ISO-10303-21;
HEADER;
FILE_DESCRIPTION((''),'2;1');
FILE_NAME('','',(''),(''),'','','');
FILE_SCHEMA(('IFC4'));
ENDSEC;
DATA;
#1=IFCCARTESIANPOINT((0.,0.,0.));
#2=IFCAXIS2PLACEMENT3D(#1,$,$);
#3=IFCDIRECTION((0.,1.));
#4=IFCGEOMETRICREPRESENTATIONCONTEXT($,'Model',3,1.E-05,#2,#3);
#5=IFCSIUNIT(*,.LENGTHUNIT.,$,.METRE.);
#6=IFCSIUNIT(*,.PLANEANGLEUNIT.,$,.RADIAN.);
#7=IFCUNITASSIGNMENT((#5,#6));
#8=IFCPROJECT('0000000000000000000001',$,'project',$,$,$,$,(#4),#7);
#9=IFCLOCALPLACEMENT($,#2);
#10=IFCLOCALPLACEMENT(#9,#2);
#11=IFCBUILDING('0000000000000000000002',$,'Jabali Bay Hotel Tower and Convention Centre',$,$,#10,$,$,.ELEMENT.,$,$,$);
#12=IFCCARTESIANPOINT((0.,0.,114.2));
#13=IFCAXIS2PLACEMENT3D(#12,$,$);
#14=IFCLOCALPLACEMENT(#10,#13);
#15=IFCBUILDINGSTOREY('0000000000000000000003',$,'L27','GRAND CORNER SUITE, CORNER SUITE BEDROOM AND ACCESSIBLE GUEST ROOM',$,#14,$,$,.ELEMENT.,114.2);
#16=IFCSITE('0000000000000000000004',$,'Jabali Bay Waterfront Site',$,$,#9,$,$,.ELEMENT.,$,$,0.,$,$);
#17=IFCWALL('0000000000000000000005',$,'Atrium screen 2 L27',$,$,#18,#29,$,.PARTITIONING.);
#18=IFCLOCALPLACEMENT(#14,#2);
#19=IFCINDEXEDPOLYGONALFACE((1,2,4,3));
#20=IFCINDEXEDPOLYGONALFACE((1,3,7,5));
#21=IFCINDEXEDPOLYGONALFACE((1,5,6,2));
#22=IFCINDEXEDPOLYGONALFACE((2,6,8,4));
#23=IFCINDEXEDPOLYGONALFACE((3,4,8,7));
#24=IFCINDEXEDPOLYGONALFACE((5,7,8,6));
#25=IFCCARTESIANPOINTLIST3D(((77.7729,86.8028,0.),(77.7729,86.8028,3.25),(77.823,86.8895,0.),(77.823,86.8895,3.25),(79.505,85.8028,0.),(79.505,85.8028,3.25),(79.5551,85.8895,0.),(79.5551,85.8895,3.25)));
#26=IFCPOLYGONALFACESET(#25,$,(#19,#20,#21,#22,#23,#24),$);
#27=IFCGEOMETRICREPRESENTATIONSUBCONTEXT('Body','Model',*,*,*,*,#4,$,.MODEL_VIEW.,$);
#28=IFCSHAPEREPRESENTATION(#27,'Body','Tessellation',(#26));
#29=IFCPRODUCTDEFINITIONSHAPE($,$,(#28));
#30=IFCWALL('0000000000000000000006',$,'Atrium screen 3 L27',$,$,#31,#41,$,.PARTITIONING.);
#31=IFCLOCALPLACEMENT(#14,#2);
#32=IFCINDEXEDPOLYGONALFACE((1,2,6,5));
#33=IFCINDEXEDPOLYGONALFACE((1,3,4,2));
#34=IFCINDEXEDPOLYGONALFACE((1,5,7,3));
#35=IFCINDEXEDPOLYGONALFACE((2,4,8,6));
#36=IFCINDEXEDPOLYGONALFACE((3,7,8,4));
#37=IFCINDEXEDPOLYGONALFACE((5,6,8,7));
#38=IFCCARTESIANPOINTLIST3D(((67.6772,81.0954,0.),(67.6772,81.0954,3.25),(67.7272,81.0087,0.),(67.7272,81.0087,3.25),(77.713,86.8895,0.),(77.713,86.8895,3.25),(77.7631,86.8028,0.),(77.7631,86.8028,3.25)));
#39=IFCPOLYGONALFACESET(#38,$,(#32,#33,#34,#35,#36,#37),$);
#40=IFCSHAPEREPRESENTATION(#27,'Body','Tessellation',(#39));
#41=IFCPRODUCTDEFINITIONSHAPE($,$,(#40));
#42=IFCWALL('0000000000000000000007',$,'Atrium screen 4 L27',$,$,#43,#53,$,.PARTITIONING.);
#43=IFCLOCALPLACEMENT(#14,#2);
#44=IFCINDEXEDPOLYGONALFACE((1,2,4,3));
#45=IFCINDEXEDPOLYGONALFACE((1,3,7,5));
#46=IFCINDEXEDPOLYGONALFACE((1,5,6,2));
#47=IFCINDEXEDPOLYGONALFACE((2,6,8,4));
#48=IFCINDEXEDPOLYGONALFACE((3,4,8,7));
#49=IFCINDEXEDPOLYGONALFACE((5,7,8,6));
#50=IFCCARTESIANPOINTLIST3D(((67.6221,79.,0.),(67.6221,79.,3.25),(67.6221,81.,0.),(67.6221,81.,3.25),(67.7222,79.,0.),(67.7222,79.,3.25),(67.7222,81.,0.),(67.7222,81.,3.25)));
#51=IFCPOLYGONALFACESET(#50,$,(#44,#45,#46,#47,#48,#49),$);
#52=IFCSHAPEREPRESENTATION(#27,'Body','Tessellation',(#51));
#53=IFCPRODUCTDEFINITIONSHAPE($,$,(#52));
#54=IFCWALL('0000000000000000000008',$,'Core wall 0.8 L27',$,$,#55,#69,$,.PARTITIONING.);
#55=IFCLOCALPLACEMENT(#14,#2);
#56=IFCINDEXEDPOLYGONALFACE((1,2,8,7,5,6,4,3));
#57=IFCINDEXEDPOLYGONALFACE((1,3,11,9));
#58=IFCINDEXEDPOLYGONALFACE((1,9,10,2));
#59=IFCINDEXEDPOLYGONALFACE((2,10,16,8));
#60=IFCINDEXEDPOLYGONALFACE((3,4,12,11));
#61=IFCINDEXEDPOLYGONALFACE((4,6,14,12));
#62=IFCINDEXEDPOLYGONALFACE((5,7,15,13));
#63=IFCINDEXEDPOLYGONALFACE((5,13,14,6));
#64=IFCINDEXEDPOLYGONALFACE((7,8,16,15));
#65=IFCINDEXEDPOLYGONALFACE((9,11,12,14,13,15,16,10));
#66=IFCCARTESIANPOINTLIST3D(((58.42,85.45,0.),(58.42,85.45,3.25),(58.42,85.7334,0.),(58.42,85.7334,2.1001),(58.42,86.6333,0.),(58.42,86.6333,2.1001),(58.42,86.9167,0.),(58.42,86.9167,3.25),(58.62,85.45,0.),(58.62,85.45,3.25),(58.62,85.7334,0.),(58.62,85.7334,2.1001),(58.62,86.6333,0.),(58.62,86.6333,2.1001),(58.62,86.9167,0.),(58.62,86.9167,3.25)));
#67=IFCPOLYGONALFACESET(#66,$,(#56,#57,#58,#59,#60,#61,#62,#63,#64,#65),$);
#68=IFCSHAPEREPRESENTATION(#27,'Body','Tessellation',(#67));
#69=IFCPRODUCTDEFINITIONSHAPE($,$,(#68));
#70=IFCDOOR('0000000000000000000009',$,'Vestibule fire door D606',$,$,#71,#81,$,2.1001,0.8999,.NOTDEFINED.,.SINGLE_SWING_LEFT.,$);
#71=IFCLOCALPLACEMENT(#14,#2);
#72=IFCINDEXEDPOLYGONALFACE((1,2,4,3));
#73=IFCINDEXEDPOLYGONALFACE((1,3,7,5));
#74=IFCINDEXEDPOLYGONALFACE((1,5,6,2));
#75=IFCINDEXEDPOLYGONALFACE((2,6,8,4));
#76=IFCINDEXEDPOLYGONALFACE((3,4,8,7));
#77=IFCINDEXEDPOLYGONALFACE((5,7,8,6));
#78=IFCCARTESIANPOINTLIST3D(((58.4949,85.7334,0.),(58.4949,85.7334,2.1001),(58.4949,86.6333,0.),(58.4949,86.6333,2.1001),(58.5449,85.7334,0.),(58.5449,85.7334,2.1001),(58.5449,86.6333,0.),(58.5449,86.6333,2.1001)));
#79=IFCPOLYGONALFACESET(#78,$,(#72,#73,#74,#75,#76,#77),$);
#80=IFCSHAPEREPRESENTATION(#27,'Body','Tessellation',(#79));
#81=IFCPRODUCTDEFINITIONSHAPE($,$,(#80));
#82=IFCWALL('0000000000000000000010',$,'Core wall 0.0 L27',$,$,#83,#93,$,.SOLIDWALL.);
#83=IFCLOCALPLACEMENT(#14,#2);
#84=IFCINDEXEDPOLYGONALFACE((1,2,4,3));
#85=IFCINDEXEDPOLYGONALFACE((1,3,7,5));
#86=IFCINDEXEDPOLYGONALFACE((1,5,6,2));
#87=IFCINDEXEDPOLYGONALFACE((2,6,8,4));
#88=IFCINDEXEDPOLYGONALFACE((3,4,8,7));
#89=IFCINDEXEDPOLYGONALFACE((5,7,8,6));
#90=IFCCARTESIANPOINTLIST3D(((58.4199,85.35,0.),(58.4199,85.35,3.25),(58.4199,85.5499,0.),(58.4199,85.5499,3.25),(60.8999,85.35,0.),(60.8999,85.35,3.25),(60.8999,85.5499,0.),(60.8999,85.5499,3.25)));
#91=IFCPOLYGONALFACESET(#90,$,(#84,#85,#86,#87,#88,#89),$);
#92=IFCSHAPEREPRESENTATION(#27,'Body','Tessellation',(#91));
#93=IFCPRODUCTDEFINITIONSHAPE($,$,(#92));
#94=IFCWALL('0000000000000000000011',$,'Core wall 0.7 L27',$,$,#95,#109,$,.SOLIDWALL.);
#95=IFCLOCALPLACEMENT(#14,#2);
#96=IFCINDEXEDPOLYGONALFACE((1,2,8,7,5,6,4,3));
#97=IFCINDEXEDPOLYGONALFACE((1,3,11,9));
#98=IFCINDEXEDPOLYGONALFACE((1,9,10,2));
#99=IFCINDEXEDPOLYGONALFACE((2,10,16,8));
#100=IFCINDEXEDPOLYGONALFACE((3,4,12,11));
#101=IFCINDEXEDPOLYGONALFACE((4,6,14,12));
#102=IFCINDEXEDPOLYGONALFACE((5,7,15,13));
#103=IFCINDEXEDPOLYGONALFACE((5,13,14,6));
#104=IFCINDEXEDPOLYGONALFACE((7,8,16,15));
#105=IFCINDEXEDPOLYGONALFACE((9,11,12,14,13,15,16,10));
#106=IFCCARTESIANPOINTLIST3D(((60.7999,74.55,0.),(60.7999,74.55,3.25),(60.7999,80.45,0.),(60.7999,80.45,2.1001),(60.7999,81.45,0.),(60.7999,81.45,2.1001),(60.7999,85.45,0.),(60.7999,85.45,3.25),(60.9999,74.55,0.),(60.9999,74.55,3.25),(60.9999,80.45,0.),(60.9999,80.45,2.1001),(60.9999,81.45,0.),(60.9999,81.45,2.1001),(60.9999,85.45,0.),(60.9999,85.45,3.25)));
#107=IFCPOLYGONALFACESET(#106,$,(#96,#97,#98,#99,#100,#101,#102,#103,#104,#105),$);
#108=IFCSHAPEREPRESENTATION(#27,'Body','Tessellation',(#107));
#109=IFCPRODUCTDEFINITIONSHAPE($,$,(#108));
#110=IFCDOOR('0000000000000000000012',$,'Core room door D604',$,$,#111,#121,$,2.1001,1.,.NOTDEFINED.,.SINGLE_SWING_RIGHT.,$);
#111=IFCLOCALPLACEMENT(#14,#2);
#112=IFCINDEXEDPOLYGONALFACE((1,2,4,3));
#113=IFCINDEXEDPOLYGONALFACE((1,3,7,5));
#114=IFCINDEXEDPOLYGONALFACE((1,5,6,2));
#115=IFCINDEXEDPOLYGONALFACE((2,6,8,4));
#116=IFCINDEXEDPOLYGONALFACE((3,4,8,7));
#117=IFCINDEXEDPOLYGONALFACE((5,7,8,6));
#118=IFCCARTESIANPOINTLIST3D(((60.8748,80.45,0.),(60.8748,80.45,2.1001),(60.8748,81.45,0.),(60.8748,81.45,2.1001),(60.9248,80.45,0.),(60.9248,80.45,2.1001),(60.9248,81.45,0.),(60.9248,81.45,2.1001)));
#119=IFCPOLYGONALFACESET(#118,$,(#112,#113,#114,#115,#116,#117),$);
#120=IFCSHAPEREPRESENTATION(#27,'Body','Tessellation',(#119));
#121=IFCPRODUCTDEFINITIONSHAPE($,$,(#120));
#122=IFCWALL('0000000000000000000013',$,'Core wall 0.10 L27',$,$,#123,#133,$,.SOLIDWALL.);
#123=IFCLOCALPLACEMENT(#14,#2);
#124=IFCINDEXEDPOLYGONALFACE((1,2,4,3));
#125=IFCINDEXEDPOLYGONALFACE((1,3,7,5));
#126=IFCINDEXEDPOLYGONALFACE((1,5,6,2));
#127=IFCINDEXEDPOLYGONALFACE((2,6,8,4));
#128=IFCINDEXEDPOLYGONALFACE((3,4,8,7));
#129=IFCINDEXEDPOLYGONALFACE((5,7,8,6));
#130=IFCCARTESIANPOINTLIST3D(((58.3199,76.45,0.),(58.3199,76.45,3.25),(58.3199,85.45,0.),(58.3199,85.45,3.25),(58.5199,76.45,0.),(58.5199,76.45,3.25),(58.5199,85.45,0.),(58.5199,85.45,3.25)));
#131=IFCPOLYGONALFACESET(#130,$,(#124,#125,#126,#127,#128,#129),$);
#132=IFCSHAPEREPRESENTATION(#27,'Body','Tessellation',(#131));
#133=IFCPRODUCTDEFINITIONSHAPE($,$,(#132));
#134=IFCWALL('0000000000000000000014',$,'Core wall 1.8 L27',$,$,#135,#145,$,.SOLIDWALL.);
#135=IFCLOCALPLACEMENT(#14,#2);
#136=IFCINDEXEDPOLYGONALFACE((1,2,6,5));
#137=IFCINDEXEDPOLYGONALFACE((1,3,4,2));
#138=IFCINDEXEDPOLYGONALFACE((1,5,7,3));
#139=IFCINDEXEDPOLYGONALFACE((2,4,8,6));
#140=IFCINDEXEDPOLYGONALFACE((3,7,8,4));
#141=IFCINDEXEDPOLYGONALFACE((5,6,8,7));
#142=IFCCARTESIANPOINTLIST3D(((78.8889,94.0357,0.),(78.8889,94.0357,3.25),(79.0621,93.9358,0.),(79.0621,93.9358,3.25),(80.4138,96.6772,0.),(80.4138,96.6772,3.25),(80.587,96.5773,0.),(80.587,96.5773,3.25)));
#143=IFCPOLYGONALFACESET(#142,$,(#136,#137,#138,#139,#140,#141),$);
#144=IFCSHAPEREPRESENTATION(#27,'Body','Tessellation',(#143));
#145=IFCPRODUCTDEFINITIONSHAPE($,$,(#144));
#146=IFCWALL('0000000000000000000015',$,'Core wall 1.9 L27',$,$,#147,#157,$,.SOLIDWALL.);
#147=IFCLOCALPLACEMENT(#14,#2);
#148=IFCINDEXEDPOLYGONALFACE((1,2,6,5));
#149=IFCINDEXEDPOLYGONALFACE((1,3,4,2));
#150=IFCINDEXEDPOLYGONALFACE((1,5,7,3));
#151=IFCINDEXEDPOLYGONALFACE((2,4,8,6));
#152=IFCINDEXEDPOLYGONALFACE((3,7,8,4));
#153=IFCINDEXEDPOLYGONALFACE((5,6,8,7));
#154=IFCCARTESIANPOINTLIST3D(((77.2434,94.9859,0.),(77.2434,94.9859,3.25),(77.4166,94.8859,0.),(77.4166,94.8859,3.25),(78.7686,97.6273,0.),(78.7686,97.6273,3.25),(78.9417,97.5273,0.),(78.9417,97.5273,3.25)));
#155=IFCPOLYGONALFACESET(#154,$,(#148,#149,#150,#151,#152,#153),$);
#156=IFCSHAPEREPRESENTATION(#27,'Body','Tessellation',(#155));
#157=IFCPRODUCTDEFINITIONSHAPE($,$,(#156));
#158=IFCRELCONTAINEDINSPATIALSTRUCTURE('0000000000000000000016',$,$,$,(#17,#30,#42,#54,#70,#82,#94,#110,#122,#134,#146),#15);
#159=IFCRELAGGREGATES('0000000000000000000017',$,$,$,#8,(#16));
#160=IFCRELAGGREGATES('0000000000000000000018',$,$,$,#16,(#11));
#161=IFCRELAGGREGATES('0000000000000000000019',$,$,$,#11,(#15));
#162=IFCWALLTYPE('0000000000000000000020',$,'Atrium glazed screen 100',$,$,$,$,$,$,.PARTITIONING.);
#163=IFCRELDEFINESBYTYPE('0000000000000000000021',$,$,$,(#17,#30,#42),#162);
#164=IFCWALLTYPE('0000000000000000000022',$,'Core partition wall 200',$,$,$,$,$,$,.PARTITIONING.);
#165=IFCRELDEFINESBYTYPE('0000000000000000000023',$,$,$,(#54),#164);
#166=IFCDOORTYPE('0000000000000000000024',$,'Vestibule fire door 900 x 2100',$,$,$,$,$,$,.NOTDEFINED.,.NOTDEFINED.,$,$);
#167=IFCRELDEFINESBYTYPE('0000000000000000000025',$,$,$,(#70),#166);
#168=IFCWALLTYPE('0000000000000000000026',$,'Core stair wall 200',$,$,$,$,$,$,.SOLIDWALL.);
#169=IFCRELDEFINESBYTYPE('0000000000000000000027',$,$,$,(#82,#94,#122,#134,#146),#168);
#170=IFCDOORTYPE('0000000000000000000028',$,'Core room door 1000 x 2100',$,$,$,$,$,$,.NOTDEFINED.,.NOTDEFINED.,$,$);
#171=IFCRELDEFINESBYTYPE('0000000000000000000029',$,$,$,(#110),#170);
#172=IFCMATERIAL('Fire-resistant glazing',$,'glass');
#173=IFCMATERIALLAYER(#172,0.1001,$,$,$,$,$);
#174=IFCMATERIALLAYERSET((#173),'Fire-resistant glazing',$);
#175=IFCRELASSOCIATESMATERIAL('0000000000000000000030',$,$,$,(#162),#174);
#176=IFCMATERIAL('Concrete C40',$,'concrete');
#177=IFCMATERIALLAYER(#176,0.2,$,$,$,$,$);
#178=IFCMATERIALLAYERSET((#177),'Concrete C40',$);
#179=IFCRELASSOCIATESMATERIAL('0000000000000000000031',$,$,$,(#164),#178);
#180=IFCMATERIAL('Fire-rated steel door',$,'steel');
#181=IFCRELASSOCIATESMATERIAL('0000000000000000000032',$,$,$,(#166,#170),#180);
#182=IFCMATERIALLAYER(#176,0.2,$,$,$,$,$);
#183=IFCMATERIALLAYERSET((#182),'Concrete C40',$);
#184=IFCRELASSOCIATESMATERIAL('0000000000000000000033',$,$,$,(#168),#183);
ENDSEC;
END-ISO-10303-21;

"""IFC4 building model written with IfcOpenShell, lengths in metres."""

from ifc_helpers import new_model, si_unit, direction, frame, frame_2d, origin, place, context, subcontext, project, spatial, rectangle, extrude, material, layer, layer_set, type_object, element, fill, save


model = new_model("IFC4")

# Units and contexts
model_context = context("Model", 3, precision=1e-05, world=origin(), true_north=direction((0.0, 1.0)))
body_context = subcontext(model_context, "Body", "Model", "MODEL_VIEW")
ifc_project = project(units=[si_unit("LENGTHUNIT", "METRE"), si_unit("PLANEANGLEUNIT", "RADIAN")], contexts=[model_context])

# Site, building, storey
site_placement = place(None, origin())
site = spatial("IfcSite", under=ifc_project, at=site_placement, Name="Jabali Bay Waterfront Site", CompositionType="ELEMENT", RefElevation=0.0)
building_placement = place(site_placement, origin())
building = spatial("IfcBuilding", under=site, at=building_placement, Name="Jabali Bay Hotel Tower and Convention Centre", CompositionType="ELEMENT")
storey_placement = place(building_placement, frame((0.0, 0.0, 114.2)))
storey = spatial("IfcBuildingStorey", under=building, at=storey_placement, Name="L27", Description="GRAND CORNER SUITE, CORNER SUITE BEDROOM AND ACCESSIBLE GUEST ROOM", CompositionType="ELEMENT", Elevation=114.2)

# Walls
ifc_material_1 = material(Name="Fire-resistant glazing", Category="glass")
ifc_layer_1 = layer(ifc_material_1, 0.1001)
ifc_layer_set_1 = layer_set([ifc_layer_1], Name="Fire-resistant glazing")
wall_type_1 = type_object("IfcWallType", Name="Atrium glazed screen 100", PredefinedType="PARTITIONING", material=ifc_layer_set_1)
wall_1_placement = place(storey_placement, frame((79.53, 85.8462, 0.0), z_axis=(0.0, 0.0, 1.0), x_axis=(-0.866041, 0.499973, 0.0)))
element("IfcWall", 1, at=wall_1_placement, inside=storey, type_object=wall_type_1, Name="Atrium screen 2 L27", PredefinedType="PARTITIONING", context=body_context, shape_type="SweptSolid", body=[
    extrude(rectangle(XDim=2.0, YDim=0.1001, at=frame_2d((1.0, 0.0))), origin(), (0.0, 0.0, 1.0), 3.25),
])
wall_2_placement = place(storey_placement, frame((77.738, 86.8462, 0.0), z_axis=(0.0, 0.0, 1.0), x_axis=(-0.866027, -0.499998, 0.0)))
element("IfcWall", 2, at=wall_2_placement, inside=storey, type_object=wall_type_1, Name="Atrium screen 3 L27", PredefinedType="PARTITIONING", context=body_context, shape_type="SweptSolid", body=[
    extrude(rectangle(XDim=11.5884, YDim=0.1001, at=frame_2d((5.7942, 0.0))), origin(), (0.0, 0.0, 1.0), 3.25),
])
wall_3_placement = place(storey_placement, frame((67.6721, 81.0, 0.0), z_axis=(0.0, 0.0, 1.0), x_axis=(0.0, -1.0, 0.0)))
element("IfcWall", 3, at=wall_3_placement, inside=storey, type_object=wall_type_1, Name="Atrium screen 4 L27", PredefinedType="PARTITIONING", context=body_context, shape_type="SweptSolid", body=[
    extrude(rectangle(XDim=2.0, YDim=0.1001, at=frame_2d((1.0, 0.0))), origin(), (0.0, 0.0, 1.0), 3.25),
])

# Wall, opening, door
ifc_material_2 = material(Name="Concrete C40", Category="concrete")
ifc_layer_2 = layer(ifc_material_2, 0.2)
ifc_layer_set_2 = layer_set([ifc_layer_2], Name="Concrete C40")
wall_type_2 = type_object("IfcWallType", Name="Core partition wall 200", PredefinedType="PARTITIONING", material=ifc_layer_set_2)
wall_4_placement = place(storey_placement, frame((58.52, 86.9167, 0.0), z_axis=(0.0, 0.0, 1.0), x_axis=(0.0, -1.0, 0.0)))
wall_4 = element("IfcWall", 4, at=wall_4_placement, inside=storey, type_object=wall_type_2, Name="Core wall 0.8 L27", PredefinedType="PARTITIONING", context=body_context, shape_type="SweptSolid", body=[
    extrude(rectangle(XDim=1.4668, YDim=0.2, at=frame_2d((0.7334, 0.0))), origin(), (0.0, 0.0, 1.0), 3.25),
])
opening_1_placement = place(wall_4_placement, frame((0.2834, 0.0, 0.0)))
opening_1 = element("IfcOpeningElement", 5, at=opening_1_placement, cuts=wall_4, PredefinedType="OPENING", context=body_context, shape_type="SweptSolid", body=[
    extrude(rectangle(XDim=0.8999, YDim=2.1001, at=frame_2d((0.45, 1.05))), frame((0.0, 0.1104, 0.0), z_axis=(0.0, -1.0, 0.0), x_axis=(1.0, 0.0, 0.0)), (0.0, 0.0, 1.0), 0.2209),
])
ifc_material_3 = material(Name="Fire-rated steel door", Category="steel")
door_type_1 = type_object("IfcDoorType", Name="Vestibule fire door 900 x 2100", OperationType="NOTDEFINED", PredefinedType="NOTDEFINED", material=ifc_material_3)
door_1_placement = place(opening_1_placement, origin())
door_1 = element("IfcDoor", 6, at=door_1_placement, inside=storey, type_object=door_type_1, Name="Vestibule fire door D606", OperationType="SINGLE_SWING_LEFT", OverallHeight=2.1001, OverallWidth=0.8999, PredefinedType="NOTDEFINED", context=body_context, shape_type="SweptSolid", body=[
    extrude(rectangle(XDim=0.8999, YDim=2.1001, at=frame_2d((0.45, 1.05))), frame((0.0, 0.0249, 0.0), z_axis=(0.0, -1.0, 0.0), x_axis=(1.0, 0.0, 0.0)), (0.0, 0.0, 1.0), 0.05),
])
fill(opening_1, door_1)

# Wall
ifc_layer_3 = layer(ifc_material_2, 0.2)
ifc_layer_set_3 = layer_set([ifc_layer_3], Name="Concrete C40")
wall_type_3 = type_object("IfcWallType", Name="Core stair wall 200", PredefinedType="SOLIDWALL", material=ifc_layer_set_3)
wall_5_placement = place(storey_placement, frame((60.8999, 85.45, 0.0), z_axis=(0.0, 0.0, 1.0), x_axis=(-1.0, 0.0, 0.0)))
element("IfcWall", 7, at=wall_5_placement, inside=storey, type_object=wall_type_3, Name="Core wall 0.0 L27", PredefinedType="SOLIDWALL", context=body_context, shape_type="SweptSolid", body=[
    extrude(rectangle(XDim=2.48, YDim=0.2, at=frame_2d((1.24, 0.0))), origin(), (0.0, 0.0, 1.0), 3.25),
])

# Wall, opening, door
wall_6_placement = place(storey_placement, frame((60.8999, 85.45, 0.0), z_axis=(0.0, 0.0, 1.0), x_axis=(0.0, -1.0, 0.0)))
wall_6 = element("IfcWall", 8, at=wall_6_placement, inside=storey, type_object=wall_type_3, Name="Core wall 0.7 L27", PredefinedType="SOLIDWALL", context=body_context, shape_type="SweptSolid", body=[
    extrude(rectangle(XDim=10.8999, YDim=0.2, at=frame_2d((5.45, 0.0))), origin(), (0.0, 0.0, 1.0), 3.25),
])
opening_2_placement = place(wall_6_placement, frame((4.0, 0.0, 0.0)))
opening_2 = element("IfcOpeningElement", 9, at=opening_2_placement, cuts=wall_6, PredefinedType="OPENING", context=body_context, shape_type="SweptSolid", body=[
    extrude(rectangle(XDim=1.0, YDim=2.1001, at=frame_2d((0.5, 1.05))), frame((0.0, 0.1104, 0.0), z_axis=(0.0, -1.0, 0.0), x_axis=(1.0, 0.0, 0.0)), (0.0, 0.0, 1.0), 0.2209),
])
door_type_2 = type_object("IfcDoorType", Name="Core room door 1000 x 2100", OperationType="NOTDEFINED", PredefinedType="NOTDEFINED", material=ifc_material_3)
door_2_placement = place(opening_2_placement, origin())
door_2 = element("IfcDoor", 10, at=door_2_placement, inside=storey, type_object=door_type_2, Name="Core room door D604", OperationType="SINGLE_SWING_RIGHT", OverallHeight=2.1001, OverallWidth=1.0, PredefinedType="NOTDEFINED", context=body_context, shape_type="SweptSolid", body=[
    extrude(rectangle(XDim=1.0, YDim=2.1001, at=frame_2d((0.5, 1.05))), frame((0.0, 0.0249, 0.0), z_axis=(0.0, -1.0, 0.0), x_axis=(1.0, 0.0, 0.0)), (0.0, 0.0, 1.0), 0.05),
])
fill(opening_2, door_2)

# Walls
wall_7_placement = place(storey_placement, frame((58.4199, 85.45, 0.0), z_axis=(0.0, 0.0, 1.0), x_axis=(0.0, -1.0, 0.0)))
element("IfcWall", 11, at=wall_7_placement, inside=storey, type_object=wall_type_3, Name="Core wall 0.10 L27", PredefinedType="SOLIDWALL", context=body_context, shape_type="SweptSolid", body=[
    extrude(rectangle(XDim=9.0, YDim=0.2, at=frame_2d((4.5, 0.0))), origin(), (0.0, 0.0, 1.0), 3.25),
])
for number, where, z_axis, x_axis, name in (
    (12, (78.9756, 93.9858, 0.0), (0.0, 0.0, 1.0), (0.499944, 0.866058, 0.0), "Core wall 1.8 L27"),
    (13, (77.3301, 94.936, 0.0), (0.0, 0.0, 1.0), (0.500039, 0.866003, 0.0), "Core wall 1.9 L27"),
):
    element("IfcWall", number, at=place(storey_placement, frame(where, z_axis=z_axis, x_axis=x_axis)), inside=storey, type_object=wall_type_3, Name=name, PredefinedType="SOLIDWALL", context=body_context, shape_type="SweptSolid", body=[
        extrude(rectangle(XDim=3.05, YDim=0.2, at=frame_2d((1.5249, 0.0))), origin(), (0.0, 0.0, 1.0), 3.25),
    ])

save(model, "model.ifc")
